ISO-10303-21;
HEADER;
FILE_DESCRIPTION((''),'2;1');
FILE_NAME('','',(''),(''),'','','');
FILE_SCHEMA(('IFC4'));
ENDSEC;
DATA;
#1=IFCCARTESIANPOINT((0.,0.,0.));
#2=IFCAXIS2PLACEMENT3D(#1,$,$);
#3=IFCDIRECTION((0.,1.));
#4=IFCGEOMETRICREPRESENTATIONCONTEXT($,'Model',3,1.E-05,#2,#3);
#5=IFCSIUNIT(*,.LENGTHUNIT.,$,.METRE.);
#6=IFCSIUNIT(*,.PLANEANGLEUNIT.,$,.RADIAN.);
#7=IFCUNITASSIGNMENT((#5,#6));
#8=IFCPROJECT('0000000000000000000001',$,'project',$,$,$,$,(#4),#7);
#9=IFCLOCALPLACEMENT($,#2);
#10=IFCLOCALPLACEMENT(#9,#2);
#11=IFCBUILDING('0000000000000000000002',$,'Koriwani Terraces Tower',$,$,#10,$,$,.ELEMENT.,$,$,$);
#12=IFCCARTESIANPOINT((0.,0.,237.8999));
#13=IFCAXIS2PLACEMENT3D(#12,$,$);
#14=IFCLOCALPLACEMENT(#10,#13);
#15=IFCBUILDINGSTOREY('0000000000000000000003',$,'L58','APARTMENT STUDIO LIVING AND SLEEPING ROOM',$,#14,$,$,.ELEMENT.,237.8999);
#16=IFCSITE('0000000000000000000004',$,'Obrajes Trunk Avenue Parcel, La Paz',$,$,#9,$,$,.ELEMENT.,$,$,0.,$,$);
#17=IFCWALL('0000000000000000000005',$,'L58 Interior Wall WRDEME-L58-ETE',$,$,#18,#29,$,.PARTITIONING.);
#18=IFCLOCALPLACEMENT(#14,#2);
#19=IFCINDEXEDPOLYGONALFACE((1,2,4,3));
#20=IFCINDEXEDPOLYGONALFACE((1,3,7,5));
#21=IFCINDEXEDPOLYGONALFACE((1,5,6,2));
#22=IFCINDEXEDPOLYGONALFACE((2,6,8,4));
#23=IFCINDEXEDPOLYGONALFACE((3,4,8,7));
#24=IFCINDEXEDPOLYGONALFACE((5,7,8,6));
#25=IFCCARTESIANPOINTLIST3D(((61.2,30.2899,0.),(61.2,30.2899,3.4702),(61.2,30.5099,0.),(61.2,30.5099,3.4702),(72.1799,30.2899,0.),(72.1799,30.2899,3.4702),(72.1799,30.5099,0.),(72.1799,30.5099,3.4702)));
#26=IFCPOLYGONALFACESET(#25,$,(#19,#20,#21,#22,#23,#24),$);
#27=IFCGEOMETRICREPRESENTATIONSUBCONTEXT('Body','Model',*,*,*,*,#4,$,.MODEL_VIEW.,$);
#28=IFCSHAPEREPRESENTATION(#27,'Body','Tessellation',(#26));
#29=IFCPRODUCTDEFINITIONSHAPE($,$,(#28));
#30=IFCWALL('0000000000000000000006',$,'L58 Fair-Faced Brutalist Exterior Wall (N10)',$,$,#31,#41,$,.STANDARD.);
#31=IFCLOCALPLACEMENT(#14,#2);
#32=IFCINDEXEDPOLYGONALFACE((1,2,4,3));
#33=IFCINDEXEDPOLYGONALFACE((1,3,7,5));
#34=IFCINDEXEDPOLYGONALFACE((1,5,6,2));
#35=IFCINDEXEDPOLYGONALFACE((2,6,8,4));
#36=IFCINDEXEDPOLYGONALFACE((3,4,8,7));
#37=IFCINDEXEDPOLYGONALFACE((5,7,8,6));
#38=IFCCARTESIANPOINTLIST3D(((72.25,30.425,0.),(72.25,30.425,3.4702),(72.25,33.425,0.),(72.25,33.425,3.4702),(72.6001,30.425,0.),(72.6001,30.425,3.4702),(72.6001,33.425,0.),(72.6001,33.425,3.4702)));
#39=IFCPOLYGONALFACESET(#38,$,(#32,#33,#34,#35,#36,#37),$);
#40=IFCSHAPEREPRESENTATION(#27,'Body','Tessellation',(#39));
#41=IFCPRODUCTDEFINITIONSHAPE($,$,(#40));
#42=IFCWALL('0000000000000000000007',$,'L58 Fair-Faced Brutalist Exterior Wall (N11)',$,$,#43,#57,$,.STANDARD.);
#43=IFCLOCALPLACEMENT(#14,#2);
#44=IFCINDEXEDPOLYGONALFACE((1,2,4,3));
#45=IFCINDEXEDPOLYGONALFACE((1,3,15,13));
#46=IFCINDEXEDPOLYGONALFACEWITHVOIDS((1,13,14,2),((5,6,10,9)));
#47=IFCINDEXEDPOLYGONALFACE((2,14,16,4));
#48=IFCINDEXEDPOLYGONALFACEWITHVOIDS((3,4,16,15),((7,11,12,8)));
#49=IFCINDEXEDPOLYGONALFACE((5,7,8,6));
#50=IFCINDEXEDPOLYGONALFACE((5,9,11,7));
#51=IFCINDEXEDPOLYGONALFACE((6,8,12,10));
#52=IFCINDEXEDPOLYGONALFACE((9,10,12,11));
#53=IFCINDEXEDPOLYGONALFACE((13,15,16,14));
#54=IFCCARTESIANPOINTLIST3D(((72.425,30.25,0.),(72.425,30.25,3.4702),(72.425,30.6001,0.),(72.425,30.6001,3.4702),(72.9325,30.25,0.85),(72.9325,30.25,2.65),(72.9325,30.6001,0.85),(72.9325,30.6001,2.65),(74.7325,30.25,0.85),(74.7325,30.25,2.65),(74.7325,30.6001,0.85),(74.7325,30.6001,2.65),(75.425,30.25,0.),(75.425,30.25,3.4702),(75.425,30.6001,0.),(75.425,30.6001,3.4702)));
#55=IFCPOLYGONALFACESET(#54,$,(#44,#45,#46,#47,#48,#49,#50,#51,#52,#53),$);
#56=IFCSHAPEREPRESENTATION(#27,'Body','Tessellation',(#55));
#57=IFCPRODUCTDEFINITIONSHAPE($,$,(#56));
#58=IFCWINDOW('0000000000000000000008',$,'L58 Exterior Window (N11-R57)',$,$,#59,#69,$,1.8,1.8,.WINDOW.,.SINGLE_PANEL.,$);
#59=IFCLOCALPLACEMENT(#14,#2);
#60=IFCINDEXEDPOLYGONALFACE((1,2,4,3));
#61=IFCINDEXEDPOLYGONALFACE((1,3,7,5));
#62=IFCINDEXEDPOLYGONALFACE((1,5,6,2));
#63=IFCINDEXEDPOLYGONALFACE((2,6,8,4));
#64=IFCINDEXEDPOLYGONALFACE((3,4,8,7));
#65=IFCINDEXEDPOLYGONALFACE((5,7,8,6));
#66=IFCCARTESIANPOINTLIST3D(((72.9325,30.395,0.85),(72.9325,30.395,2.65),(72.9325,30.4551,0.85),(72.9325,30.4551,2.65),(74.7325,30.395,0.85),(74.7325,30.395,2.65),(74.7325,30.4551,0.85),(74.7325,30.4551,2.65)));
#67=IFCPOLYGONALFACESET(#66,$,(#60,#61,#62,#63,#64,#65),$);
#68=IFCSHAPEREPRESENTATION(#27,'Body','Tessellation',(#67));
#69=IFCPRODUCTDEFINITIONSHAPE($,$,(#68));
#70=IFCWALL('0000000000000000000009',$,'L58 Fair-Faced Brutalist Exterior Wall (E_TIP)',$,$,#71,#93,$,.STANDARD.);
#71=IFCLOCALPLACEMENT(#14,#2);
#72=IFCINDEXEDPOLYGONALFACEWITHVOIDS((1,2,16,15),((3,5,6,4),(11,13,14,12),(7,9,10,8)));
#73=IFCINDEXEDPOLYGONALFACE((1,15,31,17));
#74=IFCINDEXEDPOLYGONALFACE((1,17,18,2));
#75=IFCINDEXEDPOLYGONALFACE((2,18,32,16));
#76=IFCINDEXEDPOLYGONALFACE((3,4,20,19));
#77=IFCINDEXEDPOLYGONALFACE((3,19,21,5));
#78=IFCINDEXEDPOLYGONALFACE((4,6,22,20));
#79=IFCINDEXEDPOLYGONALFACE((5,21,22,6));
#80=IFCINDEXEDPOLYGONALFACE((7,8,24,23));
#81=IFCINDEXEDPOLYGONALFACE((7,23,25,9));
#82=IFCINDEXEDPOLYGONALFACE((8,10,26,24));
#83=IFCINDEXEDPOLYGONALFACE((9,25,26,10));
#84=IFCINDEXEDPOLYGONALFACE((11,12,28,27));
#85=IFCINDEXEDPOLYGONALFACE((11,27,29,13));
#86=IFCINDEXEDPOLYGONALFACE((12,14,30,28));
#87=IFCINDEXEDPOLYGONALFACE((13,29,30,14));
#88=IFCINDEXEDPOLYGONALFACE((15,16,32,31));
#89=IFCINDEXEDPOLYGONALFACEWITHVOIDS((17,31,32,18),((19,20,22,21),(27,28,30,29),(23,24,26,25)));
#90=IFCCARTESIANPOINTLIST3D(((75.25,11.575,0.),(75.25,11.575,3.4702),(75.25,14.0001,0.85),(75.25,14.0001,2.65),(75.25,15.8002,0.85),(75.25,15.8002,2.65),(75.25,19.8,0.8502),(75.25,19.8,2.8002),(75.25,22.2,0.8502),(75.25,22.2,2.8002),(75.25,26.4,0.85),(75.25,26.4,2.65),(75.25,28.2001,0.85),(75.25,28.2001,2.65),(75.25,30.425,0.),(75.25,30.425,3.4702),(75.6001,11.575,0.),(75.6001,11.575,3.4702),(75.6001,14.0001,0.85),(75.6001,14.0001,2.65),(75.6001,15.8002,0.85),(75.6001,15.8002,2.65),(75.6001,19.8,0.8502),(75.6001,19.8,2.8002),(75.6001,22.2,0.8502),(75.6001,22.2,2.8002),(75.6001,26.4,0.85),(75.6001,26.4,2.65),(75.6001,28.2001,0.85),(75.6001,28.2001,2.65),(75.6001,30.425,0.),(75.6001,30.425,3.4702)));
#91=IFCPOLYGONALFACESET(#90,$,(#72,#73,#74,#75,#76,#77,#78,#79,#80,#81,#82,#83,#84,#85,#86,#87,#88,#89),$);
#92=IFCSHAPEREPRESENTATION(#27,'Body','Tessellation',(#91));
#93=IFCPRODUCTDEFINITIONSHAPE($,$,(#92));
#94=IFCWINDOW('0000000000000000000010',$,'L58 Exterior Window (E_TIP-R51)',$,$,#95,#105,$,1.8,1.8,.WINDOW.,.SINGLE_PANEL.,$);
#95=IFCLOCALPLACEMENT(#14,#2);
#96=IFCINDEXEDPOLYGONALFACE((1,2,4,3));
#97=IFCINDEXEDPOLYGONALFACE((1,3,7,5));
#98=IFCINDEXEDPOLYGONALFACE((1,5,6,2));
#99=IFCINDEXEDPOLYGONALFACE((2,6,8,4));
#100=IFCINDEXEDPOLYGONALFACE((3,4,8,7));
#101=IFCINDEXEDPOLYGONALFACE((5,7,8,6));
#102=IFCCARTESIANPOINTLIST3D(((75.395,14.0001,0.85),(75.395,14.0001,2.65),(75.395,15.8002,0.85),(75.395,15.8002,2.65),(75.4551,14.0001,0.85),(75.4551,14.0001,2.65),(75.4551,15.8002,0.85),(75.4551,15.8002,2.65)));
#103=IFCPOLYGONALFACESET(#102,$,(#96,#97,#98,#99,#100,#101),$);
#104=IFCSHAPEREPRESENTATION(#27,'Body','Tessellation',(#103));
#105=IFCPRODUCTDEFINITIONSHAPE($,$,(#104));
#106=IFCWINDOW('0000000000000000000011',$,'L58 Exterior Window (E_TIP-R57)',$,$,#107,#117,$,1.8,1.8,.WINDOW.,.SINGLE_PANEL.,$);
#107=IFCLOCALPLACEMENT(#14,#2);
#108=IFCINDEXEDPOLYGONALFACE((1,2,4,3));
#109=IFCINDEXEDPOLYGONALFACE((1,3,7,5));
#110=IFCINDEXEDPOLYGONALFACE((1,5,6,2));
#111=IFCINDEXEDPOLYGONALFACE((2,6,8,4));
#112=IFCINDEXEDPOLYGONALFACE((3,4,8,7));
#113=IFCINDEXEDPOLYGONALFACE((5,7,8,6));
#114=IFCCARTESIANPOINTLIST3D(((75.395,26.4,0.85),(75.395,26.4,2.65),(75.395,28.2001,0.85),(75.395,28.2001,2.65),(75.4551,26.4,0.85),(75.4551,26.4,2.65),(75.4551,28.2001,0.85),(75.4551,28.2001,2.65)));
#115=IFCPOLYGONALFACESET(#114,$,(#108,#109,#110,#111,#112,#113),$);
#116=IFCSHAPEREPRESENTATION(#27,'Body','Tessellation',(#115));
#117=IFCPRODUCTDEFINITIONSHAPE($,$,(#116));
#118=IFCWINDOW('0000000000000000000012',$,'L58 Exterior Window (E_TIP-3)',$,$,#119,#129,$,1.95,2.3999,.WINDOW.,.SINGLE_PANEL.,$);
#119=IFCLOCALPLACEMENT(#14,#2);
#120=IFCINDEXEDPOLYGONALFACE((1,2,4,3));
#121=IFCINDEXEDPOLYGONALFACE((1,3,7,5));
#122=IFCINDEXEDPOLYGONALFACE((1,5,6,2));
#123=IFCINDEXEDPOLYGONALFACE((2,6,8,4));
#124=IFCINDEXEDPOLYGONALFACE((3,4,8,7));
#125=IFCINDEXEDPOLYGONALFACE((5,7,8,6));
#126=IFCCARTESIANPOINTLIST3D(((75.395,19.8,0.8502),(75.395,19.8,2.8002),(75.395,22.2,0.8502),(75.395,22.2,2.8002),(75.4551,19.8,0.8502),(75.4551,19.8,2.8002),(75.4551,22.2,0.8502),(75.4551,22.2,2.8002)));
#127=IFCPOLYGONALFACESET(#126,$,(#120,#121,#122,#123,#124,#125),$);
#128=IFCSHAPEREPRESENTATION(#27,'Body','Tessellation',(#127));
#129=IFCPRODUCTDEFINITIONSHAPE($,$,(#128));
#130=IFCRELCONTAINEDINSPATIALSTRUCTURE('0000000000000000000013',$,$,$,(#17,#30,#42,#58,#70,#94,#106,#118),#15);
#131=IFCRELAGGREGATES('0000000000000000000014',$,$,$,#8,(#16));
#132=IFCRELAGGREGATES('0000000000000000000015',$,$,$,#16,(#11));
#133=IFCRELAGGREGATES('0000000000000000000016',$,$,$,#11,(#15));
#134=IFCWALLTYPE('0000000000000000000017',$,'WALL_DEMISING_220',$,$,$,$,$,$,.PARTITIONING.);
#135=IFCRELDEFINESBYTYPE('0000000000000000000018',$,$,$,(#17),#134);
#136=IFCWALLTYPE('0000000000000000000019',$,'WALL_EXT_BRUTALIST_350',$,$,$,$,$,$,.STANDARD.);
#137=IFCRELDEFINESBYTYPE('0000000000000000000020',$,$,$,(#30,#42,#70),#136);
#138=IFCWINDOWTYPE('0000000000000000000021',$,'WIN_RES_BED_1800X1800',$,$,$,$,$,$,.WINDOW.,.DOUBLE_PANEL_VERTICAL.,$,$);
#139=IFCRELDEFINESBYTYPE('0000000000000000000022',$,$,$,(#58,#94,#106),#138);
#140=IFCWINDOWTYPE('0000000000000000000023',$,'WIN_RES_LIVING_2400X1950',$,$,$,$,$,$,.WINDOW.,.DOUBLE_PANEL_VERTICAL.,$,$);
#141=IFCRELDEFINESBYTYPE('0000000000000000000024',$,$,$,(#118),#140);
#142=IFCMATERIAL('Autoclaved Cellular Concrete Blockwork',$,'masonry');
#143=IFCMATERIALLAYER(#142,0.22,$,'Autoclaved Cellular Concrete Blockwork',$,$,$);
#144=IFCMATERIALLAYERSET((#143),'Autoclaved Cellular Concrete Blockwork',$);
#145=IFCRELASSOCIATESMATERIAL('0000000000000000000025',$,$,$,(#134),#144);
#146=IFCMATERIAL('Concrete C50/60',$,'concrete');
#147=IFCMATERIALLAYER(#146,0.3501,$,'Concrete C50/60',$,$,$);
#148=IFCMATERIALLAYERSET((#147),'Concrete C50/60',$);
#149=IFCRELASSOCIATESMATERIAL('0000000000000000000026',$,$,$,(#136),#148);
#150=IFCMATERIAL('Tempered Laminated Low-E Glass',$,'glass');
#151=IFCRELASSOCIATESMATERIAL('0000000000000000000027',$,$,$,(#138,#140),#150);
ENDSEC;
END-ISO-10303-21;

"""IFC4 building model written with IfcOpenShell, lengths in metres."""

from ifc_helpers import new_model, si_unit, direction, frame, frame_2d, origin, place, context, subcontext, project, spatial, rectangle, extrude, material, layer, layer_set, type_object, element, fill, save


model = new_model("IFC4")

# Units and contexts
model_context = context("Model", 3, precision=1e-05, world=origin(), true_north=direction((0.0, 1.0)))
body_context = subcontext(model_context, "Body", "Model", "MODEL_VIEW")
ifc_project = project(units=[si_unit("LENGTHUNIT", "METRE"), si_unit("PLANEANGLEUNIT", "RADIAN")], contexts=[model_context])

# Site, building, storey
site_placement = place(None, origin())
site = spatial("IfcSite", under=ifc_project, at=site_placement, Name="Obrajes Trunk Avenue Parcel, La Paz", CompositionType="ELEMENT", RefElevation=0.0)
building_placement = place(site_placement, origin())
building = spatial("IfcBuilding", under=site, at=building_placement, Name="Koriwani Terraces Tower", CompositionType="ELEMENT")
storey_placement = place(building_placement, frame((0.0, 0.0, 237.8999)))
storey = spatial("IfcBuildingStorey", under=building, at=storey_placement, Name="L58", Description="APARTMENT STUDIO LIVING AND SLEEPING ROOM", CompositionType="ELEMENT", Elevation=237.8999)

# Shared definitions
ifc_material_1 = material(Name="Concrete C50/60", Category="concrete")

# Walls
ifc_material_2 = material(Name="Autoclaved Cellular Concrete Blockwork", Category="masonry")
ifc_layer_1 = layer(ifc_material_2, 0.22, Name="Autoclaved Cellular Concrete Blockwork")
ifc_layer_set_1 = layer_set([ifc_layer_1], Name="Autoclaved Cellular Concrete Blockwork")
wall_type_1 = type_object("IfcWallType", Name="WALL_DEMISING_220", PredefinedType="PARTITIONING", material=ifc_layer_set_1)
wall_1_placement = place(storey_placement, frame((61.2, 30.3999, 0.0), z_axis=(0.0, 0.0, 1.0), x_axis=(1.0, 0.0, 0.0)))
element("IfcWall", 1, at=wall_1_placement, inside=storey, type_object=wall_type_1, Name="L58 Interior Wall WRDEME-L58-ETE", PredefinedType="PARTITIONING", context=body_context, shape_type="SweptSolid", body=[
    extrude(rectangle(XDim=10.98, YDim=0.22, at=frame_2d((5.49, 0.0))), origin(), (0.0, 0.0, 1.0), 3.4702),
])
ifc_layer_2 = layer(ifc_material_1, 0.3501, Name="Concrete C50/60")
ifc_layer_set_2 = layer_set([ifc_layer_2], Name="Concrete C50/60")
wall_type_2 = type_object("IfcWallType", Name="WALL_EXT_BRUTALIST_350", PredefinedType="STANDARD", material=ifc_layer_set_2)
wall_2_placement = place(storey_placement, frame((72.425, 33.425, 0.0), z_axis=(0.0, 0.0, 1.0), x_axis=(0.0, -1.0, 0.0)))
element("IfcWall", 2, at=wall_2_placement, inside=storey, type_object=wall_type_2, Name="L58 Fair-Faced Brutalist Exterior Wall (N10)", PredefinedType="STANDARD", context=body_context, shape_type="SweptSolid", body=[
    extrude(rectangle(XDim=3.0, YDim=0.3501, at=frame_2d((1.5, 0.0))), origin(), (0.0, 0.0, 1.0), 3.4702),
])

# Wall, opening, window
wall_3_placement = place(storey_placement, frame((72.425, 30.425, 0.0), z_axis=(0.0, 0.0, 1.0), x_axis=(1.0, 0.0, 0.0)))
wall_3 = element("IfcWall", 3, at=wall_3_placement, inside=storey, type_object=wall_type_2, Name="L58 Fair-Faced Brutalist Exterior Wall (N11)", PredefinedType="STANDARD", context=body_context, shape_type="SweptSolid", body=[
    extrude(rectangle(XDim=3.0, YDim=0.3501, at=frame_2d((1.5, 0.0))), origin(), (0.0, 0.0, 1.0), 3.4702),
])
opening_1_placement = place(wall_3_placement, frame((0.5076, 0.0, 0.8501)))
opening_1 = element("IfcOpeningElement", 4, at=opening_1_placement, cuts=wall_3, PredefinedType="OPENING", context=body_context, shape_type="SweptSolid", body=[
    extrude(rectangle(XDim=1.8, YDim=1.8, at=frame_2d((0.8999, 0.8999))), frame((0.0, 0.1851, 0.0), z_axis=(0.0, -1.0, 0.0), x_axis=(1.0, 0.0, 0.0)), (0.0, 0.0, 1.0), 0.3701),
])
ifc_material_3 = material(Name="Tempered Laminated Low-E Glass", Category="glass")
window_type_1 = type_object("IfcWindowType", Name="WIN_RES_BED_1800X1800", PartitioningType="DOUBLE_PANEL_VERTICAL", PredefinedType="WINDOW", material=ifc_material_3)
window_1_placement = place(opening_1_placement, origin())
window_1 = element("IfcWindow", 5, at=window_1_placement, inside=storey, type_object=window_type_1, Name="L58 Exterior Window (N11-R57)", OverallHeight=1.8, OverallWidth=1.8, PartitioningType="SINGLE_PANEL", PredefinedType="WINDOW", context=body_context, shape_type="SweptSolid", body=[
    extrude(rectangle(XDim=1.8, YDim=1.8, at=frame_2d((0.8999, 0.8999))), frame((0.0, 0.03, 0.0), z_axis=(0.0, -1.0, 0.0), x_axis=(1.0, 0.0, 0.0)), (0.0, 0.0, 1.0), 0.0601),
])
fill(opening_1, window_1)

# Wall, openings, windows
wall_4_placement = place(storey_placement, frame((75.425, 30.425, 0.0), z_axis=(0.0, 0.0, 1.0), x_axis=(0.0, -1.0, 0.0)))
wall_4 = element("IfcWall", 6, at=wall_4_placement, inside=storey, type_object=wall_type_2, Name="L58 Fair-Faced Brutalist Exterior Wall (E_TIP)", PredefinedType="STANDARD", context=body_context, shape_type="SweptSolid", body=[
    extrude(rectangle(XDim=18.8501, YDim=0.3501, at=frame_2d((9.425, 0.0))), origin(), (0.0, 0.0, 1.0), 3.4702),
])
opening_2_placement = place(wall_4_placement, frame((8.2251, 0.0, 0.8501)))
opening_2 = element("IfcOpeningElement", 7, at=opening_2_placement, cuts=wall_4, PredefinedType="OPENING", context=body_context, shape_type="SweptSolid", body=[
    extrude(rectangle(XDim=2.3999, YDim=1.95, at=frame_2d((1.2, 0.9751))), frame((0.0, 0.1851, 0.0), z_axis=(0.0, -1.0, 0.0), x_axis=(1.0, 0.0, 0.0)), (0.0, 0.0, 1.0), 0.3701),
])
opening_3_placement = place(wall_4_placement, frame((14.625, 0.0, 0.8501)))
opening_3 = element("IfcOpeningElement", 8, at=opening_3_placement, cuts=wall_4, PredefinedType="OPENING", context=body_context, shape_type="SweptSolid", body=[
    extrude(rectangle(XDim=1.8, YDim=1.8, at=frame_2d((0.8999, 0.8999))), frame((0.0, 0.1851, 0.0), z_axis=(0.0, -1.0, 0.0), x_axis=(1.0, 0.0, 0.0)), (0.0, 0.0, 1.0), 0.3701),
])
opening_4_placement = place(wall_4_placement, frame((2.2251, 0.0, 0.8501)))
opening_4 = element("IfcOpeningElement", 9, at=opening_4_placement, cuts=wall_4, PredefinedType="OPENING", context=body_context, shape_type="SweptSolid", body=[
    extrude(rectangle(XDim=1.8, YDim=1.8, at=frame_2d((0.8999, 0.8999))), frame((0.0, 0.1851, 0.0), z_axis=(0.0, -1.0, 0.0), x_axis=(1.0, 0.0, 0.0)), (0.0, 0.0, 1.0), 0.3701),
])
window_2_placement = place(opening_3_placement, origin())
window_2 = element("IfcWindow", 10, at=window_2_placement, inside=storey, type_object=window_type_1, Name="L58 Exterior Window (E_TIP-R51)", OverallHeight=1.8, OverallWidth=1.8, PartitioningType="SINGLE_PANEL", PredefinedType="WINDOW", context=body_context, shape_type="SweptSolid", body=[
    extrude(rectangle(XDim=1.8, YDim=1.8, at=frame_2d((0.8999, 0.8999))), frame((0.0, 0.03, 0.0), z_axis=(0.0, -1.0, 0.0), x_axis=(1.0, 0.0, 0.0)), (0.0, 0.0, 1.0), 0.0601),
])
fill(opening_3, window_2)
window_3_placement = place(opening_4_placement, origin())
window_3 = element("IfcWindow", 11, at=window_3_placement, inside=storey, type_object=window_type_1, Name="L58 Exterior Window (E_TIP-R57)", OverallHeight=1.8, OverallWidth=1.8, PartitioningType="SINGLE_PANEL", PredefinedType="WINDOW", context=body_context, shape_type="SweptSolid", body=[
    extrude(rectangle(XDim=1.8, YDim=1.8, at=frame_2d((0.8999, 0.8999))), frame((0.0, 0.03, 0.0), z_axis=(0.0, -1.0, 0.0), x_axis=(1.0, 0.0, 0.0)), (0.0, 0.0, 1.0), 0.0601),
])
fill(opening_4, window_3)
window_type_2 = type_object("IfcWindowType", Name="WIN_RES_LIVING_2400X1950", PartitioningType="DOUBLE_PANEL_VERTICAL", PredefinedType="WINDOW", material=ifc_material_3)
window_4_placement = place(opening_2_placement, origin())
window_4 = element("IfcWindow", 12, at=window_4_placement, inside=storey, type_object=window_type_2, Name="L58 Exterior Window (E_TIP-3)", OverallHeight=1.95, OverallWidth=2.3999, PartitioningType="SINGLE_PANEL", PredefinedType="WINDOW", context=body_context, shape_type="SweptSolid", body=[
    extrude(rectangle(XDim=2.3999, YDim=1.95, at=frame_2d((1.2, 0.9751))), frame((0.0, 0.03, 0.0), z_axis=(0.0, -1.0, 0.0), x_axis=(1.0, 0.0, 0.0)), (0.0, 0.0, 1.0), 0.0601),
])
fill(opening_2, window_4)

save(model, "model.ifc")
